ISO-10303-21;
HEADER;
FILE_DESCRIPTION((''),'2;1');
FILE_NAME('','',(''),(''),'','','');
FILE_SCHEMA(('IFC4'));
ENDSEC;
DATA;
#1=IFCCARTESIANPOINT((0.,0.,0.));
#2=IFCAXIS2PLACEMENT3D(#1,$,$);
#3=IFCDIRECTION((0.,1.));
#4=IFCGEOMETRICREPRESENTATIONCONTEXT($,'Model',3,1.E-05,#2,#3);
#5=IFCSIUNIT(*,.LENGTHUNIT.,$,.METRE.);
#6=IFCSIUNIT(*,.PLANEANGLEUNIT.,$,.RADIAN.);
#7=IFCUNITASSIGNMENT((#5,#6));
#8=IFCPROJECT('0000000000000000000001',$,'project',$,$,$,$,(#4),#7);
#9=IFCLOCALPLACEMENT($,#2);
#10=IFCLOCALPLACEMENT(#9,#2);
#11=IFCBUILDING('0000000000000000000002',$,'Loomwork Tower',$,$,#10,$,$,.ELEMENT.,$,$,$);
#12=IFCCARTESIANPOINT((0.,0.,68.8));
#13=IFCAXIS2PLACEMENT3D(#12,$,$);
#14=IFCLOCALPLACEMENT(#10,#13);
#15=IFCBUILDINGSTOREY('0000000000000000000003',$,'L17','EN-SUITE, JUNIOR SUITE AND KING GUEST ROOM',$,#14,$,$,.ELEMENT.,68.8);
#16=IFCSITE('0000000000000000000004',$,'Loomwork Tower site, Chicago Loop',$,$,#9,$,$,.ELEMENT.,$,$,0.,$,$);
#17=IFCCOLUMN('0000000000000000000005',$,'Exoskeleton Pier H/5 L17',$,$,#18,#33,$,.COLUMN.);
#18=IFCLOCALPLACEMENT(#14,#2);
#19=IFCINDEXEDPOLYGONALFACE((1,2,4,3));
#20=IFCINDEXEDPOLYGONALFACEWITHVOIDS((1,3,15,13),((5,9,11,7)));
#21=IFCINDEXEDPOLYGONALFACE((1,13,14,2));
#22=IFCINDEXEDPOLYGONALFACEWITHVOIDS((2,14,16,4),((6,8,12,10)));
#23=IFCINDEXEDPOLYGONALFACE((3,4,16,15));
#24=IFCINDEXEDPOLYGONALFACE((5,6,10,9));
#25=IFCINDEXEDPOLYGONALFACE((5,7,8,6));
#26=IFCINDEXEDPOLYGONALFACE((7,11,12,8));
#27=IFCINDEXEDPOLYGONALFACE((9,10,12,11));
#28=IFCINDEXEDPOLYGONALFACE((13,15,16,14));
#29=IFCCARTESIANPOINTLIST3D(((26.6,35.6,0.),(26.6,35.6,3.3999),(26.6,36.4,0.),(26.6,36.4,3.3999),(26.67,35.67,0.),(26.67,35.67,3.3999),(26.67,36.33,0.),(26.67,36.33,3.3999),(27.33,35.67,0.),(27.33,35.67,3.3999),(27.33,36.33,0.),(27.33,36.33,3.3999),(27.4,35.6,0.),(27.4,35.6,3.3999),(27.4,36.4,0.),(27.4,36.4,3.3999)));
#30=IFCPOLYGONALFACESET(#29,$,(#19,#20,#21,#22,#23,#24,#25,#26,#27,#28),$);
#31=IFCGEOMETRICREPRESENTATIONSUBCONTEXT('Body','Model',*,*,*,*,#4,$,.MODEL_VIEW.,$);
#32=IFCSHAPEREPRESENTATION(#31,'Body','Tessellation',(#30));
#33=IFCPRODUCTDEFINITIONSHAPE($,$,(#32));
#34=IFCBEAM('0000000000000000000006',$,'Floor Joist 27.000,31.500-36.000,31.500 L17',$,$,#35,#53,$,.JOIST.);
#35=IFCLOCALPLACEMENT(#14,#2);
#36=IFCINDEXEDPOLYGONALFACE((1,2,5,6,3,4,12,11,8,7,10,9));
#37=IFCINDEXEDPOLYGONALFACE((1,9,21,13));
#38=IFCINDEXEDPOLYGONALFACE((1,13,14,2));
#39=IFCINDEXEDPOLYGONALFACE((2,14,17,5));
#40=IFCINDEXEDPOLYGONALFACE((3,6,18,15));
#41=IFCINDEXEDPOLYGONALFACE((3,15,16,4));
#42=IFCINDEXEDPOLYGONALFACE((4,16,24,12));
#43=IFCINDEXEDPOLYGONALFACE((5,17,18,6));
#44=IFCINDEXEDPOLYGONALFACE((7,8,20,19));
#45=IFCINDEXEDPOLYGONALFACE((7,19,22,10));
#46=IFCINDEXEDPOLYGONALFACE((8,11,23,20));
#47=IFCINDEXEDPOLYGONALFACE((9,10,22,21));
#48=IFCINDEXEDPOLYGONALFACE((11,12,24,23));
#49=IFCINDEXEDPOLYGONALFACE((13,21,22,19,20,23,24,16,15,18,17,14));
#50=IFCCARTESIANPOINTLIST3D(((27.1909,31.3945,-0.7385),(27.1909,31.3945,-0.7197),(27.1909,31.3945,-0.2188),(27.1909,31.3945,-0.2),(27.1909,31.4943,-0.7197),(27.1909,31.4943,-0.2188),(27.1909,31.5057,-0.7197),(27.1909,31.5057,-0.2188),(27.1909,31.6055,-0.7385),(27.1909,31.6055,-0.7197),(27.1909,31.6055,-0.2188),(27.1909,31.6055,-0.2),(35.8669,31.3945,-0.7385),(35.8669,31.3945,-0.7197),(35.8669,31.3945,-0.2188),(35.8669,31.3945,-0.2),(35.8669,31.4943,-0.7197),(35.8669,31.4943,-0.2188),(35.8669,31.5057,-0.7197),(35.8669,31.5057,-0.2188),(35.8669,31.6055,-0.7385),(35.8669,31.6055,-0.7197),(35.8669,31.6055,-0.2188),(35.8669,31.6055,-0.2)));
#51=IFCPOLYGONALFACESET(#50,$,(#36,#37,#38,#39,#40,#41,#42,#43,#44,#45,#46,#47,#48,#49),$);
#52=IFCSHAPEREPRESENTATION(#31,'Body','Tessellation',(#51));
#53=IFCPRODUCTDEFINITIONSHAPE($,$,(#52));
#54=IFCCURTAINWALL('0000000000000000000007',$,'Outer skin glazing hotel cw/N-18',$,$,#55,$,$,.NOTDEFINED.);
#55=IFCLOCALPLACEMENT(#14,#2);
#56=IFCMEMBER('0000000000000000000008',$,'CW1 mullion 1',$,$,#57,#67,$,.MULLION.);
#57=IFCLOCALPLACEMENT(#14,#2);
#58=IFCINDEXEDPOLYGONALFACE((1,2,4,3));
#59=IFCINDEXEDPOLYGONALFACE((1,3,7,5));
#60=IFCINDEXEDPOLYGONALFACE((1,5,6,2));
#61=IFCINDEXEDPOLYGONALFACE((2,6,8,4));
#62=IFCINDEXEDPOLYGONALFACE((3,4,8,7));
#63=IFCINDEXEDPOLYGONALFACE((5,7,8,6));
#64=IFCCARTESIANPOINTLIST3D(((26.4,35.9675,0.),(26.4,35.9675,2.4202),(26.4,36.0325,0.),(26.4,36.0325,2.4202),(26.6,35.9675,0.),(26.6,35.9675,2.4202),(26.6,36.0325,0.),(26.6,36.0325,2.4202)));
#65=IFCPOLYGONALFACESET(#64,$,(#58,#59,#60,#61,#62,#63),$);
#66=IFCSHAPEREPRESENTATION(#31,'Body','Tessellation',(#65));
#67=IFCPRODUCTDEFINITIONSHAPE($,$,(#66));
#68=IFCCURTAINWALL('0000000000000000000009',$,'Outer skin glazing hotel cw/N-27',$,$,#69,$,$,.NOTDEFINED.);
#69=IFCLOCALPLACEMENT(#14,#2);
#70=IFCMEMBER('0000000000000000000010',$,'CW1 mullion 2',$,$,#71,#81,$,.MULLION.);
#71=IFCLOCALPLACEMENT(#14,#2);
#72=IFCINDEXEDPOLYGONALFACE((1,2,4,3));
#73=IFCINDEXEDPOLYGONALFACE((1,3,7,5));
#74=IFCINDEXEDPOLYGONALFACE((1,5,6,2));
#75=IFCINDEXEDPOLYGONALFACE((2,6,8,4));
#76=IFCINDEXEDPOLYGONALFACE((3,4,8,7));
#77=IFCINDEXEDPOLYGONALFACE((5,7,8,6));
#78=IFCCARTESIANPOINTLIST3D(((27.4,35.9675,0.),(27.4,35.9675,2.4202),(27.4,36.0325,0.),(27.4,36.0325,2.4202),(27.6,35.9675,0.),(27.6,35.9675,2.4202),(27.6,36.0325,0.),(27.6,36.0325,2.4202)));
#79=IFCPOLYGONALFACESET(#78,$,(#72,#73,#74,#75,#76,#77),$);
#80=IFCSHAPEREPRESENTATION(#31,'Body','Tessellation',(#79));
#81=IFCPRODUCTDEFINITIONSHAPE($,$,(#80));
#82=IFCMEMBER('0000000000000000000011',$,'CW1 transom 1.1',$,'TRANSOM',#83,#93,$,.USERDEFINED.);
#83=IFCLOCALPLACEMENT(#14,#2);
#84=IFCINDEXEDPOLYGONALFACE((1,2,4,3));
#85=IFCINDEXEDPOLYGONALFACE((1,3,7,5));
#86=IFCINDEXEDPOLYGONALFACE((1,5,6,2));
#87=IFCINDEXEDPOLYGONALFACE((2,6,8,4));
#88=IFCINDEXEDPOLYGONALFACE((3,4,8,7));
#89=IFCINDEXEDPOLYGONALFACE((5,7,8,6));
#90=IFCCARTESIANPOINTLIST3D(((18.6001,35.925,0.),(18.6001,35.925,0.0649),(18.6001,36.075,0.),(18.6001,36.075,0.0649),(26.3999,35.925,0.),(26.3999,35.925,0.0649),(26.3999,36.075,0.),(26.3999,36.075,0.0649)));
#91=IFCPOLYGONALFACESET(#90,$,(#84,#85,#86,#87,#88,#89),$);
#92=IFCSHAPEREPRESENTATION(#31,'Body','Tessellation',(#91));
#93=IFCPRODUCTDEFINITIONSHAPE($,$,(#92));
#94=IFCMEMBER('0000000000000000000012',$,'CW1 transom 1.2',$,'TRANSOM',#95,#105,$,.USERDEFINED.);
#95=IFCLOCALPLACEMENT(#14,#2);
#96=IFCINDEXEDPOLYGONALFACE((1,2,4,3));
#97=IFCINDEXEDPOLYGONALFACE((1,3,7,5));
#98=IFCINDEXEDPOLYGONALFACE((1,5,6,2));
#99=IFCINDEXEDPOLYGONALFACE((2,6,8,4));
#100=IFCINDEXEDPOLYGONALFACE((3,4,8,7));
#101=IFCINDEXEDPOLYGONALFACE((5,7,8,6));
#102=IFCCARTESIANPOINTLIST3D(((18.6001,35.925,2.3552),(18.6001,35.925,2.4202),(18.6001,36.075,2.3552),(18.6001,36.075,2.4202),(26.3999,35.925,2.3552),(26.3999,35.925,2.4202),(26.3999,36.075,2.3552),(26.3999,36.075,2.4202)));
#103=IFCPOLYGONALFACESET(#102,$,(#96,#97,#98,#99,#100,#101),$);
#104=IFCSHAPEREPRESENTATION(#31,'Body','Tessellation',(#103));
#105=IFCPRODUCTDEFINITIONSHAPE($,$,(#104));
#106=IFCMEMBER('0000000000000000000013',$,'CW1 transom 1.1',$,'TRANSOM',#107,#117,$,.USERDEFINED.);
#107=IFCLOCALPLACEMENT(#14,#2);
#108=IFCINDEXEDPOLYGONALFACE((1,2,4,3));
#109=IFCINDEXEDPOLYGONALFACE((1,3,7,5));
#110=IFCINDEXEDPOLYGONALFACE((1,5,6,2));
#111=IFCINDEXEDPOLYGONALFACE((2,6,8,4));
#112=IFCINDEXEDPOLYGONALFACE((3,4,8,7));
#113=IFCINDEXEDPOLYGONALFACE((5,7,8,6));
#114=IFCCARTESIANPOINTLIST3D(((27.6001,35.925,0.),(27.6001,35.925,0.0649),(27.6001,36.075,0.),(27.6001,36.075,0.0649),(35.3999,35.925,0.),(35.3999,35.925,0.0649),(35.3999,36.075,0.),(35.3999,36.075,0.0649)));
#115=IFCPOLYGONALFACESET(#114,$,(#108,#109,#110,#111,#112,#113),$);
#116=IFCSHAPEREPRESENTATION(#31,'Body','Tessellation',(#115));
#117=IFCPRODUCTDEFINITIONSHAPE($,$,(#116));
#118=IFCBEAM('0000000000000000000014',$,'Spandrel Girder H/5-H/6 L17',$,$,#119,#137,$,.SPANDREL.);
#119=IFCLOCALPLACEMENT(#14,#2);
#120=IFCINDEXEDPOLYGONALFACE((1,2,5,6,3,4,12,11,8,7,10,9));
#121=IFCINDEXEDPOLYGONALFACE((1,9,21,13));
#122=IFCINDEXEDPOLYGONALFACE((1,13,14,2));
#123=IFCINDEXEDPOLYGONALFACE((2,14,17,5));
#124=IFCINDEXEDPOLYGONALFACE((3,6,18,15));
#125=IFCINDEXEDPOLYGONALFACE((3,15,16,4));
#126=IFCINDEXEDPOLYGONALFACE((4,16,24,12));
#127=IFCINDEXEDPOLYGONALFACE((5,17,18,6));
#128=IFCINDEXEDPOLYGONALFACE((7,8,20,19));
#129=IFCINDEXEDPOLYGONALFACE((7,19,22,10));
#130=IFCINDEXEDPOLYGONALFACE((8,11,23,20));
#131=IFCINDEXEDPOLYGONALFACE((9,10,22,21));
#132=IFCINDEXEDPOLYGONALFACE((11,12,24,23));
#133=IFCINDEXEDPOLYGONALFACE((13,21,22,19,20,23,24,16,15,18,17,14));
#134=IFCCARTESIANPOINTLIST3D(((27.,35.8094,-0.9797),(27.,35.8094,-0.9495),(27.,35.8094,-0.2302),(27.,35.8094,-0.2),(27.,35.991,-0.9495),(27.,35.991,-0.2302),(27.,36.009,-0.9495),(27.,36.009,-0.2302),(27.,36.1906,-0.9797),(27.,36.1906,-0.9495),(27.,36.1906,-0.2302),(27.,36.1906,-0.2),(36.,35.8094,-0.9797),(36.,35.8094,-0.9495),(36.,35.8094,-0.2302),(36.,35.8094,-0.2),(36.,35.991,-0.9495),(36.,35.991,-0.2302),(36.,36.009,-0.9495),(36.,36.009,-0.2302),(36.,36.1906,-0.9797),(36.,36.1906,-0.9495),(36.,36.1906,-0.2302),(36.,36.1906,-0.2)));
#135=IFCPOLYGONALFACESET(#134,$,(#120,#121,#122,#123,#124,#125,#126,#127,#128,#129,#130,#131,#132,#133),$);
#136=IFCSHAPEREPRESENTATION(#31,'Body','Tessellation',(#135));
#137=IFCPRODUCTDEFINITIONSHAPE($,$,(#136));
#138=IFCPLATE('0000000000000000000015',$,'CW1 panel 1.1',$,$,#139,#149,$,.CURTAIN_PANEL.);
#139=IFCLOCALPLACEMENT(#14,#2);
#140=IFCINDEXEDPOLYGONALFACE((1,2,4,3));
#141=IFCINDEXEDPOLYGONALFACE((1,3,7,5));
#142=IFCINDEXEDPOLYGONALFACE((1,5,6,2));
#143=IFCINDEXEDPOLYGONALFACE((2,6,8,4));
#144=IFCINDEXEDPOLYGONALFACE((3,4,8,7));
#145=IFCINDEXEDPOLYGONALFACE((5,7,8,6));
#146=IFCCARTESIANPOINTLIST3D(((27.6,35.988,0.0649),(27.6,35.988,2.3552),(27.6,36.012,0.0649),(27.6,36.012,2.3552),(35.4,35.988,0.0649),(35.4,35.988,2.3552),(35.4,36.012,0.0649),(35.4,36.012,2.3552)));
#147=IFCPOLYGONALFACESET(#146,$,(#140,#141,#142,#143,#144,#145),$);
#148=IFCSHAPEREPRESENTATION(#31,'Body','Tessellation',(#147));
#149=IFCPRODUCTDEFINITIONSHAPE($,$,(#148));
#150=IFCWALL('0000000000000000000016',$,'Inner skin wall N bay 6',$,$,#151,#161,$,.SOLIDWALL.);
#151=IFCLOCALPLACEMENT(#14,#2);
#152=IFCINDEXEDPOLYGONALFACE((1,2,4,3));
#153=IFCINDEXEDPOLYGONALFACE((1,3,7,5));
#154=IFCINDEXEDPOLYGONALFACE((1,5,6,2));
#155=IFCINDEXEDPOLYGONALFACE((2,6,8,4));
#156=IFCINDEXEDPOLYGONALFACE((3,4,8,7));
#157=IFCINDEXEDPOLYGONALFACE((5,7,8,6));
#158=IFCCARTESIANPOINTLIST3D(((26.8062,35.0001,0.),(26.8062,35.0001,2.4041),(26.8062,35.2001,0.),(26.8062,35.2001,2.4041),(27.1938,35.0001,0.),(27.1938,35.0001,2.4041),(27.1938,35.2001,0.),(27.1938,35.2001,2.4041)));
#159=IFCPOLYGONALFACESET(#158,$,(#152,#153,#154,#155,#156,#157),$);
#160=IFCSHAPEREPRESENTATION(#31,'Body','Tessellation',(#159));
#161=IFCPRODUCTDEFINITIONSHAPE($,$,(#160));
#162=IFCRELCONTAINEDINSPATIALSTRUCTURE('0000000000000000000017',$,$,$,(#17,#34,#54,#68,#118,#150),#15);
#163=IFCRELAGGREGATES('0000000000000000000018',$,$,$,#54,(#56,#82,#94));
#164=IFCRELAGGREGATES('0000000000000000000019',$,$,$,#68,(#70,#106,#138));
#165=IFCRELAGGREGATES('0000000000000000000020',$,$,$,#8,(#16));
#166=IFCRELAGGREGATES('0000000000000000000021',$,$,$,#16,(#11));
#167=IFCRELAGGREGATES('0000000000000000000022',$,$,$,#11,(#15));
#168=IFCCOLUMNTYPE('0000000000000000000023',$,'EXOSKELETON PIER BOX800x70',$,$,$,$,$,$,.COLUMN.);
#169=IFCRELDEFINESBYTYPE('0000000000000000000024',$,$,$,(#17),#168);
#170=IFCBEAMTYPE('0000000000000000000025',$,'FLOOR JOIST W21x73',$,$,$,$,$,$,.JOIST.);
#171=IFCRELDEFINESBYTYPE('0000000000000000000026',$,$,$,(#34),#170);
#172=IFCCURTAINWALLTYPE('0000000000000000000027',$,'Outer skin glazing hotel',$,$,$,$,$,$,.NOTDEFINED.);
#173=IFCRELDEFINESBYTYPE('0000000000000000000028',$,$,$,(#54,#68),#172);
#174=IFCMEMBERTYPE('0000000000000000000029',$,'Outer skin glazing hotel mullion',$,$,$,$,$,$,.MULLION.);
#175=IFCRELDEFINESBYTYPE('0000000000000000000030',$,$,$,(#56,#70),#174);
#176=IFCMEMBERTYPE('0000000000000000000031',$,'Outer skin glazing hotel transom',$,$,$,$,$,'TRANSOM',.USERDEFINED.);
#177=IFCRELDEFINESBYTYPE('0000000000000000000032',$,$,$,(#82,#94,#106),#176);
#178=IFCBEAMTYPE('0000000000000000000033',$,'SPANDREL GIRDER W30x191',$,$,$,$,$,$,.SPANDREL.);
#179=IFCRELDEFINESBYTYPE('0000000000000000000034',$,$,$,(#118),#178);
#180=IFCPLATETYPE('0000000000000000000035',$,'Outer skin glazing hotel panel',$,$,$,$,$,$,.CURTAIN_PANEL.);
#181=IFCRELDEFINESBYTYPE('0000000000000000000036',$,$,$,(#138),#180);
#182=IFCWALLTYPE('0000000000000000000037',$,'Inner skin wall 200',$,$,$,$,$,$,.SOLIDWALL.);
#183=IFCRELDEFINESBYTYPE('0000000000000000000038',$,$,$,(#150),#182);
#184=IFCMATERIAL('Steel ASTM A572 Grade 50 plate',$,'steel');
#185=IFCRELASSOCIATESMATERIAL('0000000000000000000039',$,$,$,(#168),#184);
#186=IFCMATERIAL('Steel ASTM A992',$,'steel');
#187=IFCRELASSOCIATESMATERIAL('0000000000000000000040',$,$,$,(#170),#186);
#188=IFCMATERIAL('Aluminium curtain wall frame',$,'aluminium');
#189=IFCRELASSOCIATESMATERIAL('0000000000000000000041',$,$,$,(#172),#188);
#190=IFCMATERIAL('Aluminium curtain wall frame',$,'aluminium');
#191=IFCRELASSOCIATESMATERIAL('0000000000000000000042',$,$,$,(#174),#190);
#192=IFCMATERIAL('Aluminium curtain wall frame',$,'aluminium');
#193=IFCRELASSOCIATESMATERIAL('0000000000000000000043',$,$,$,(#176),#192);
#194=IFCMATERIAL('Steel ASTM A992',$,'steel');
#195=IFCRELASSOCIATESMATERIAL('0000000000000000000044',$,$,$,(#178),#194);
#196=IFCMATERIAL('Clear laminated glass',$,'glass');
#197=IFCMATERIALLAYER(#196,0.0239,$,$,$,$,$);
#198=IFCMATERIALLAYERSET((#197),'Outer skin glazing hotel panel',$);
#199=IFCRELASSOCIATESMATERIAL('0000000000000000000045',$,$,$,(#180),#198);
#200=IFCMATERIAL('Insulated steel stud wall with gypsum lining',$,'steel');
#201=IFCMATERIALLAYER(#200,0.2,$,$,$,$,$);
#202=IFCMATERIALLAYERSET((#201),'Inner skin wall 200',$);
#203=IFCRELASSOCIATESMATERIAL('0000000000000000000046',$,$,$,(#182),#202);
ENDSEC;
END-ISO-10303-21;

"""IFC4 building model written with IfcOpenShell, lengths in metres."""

from ifc_helpers import new_model, si_unit, direction, frame, frame_2d, origin, origin_2d, place, context, subcontext, project, spatial, rectangle, hollow_rectangle, i_section, extrude, material, layer, layer_set, material_profile, profile_set, type_object, element, aggregate, save


model = new_model("IFC4")

# Units and contexts
model_context = context("Model", 3, precision=1e-05, world=origin(), true_north=direction((0.0, 1.0)))
body_context = subcontext(model_context, "Body", "Model", "MODEL_VIEW")
ifc_project = project(units=[si_unit("LENGTHUNIT", "METRE"), si_unit("PLANEANGLEUNIT", "RADIAN")], contexts=[model_context])

# Site, building, storey
site_placement = place(None, origin())
site = spatial("IfcSite", under=ifc_project, at=site_placement, Name="Loomwork Tower site, Chicago Loop", CompositionType="ELEMENT", RefElevation=0.0)
building_placement = place(site_placement, origin())
building = spatial("IfcBuilding", under=site, at=building_placement, Name="Loomwork Tower", CompositionType="ELEMENT")
storey_placement = place(building_placement, frame((0.0, 0.0, 68.8)))
storey = spatial("IfcBuildingStorey", under=building, at=storey_placement, Name="L17", Description="EN-SUITE, JUNIOR SUITE AND KING GUEST ROOM", CompositionType="ELEMENT", Elevation=68.8)

# Column
ifc_material_1 = material(Name="Steel ASTM A572 Grade 50 plate", Category="steel")
ifc_material_profile_1 = material_profile(ifc_material_1, hollow_rectangle(XDim=0.8, YDim=0.8, WallThickness=0.0701, at=origin_2d()), Name="BOX800x70")
ifc_profile_set_1 = profile_set([ifc_material_profile_1], Name="Steel ASTM A572 Grade 50 plate")
column_type = type_object("IfcColumnType", Name="EXOSKELETON PIER BOX800x70", PredefinedType="COLUMN", material=ifc_profile_set_1)
column_placement = place(storey_placement, frame((27.0, 36.0, 0.0), z_axis=(0.0, 0.0, 1.0), x_axis=(1.0, 0.0, 0.0)))
element("IfcColumn", 1, at=column_placement, inside=storey, type_object=column_type, Name="Exoskeleton Pier H/5 L17", PredefinedType="COLUMN", context=body_context, shape_type="SweptSolid", body=[
    extrude(hollow_rectangle(XDim=0.8, YDim=0.8, WallThickness=0.0701, at=origin_2d()), origin(), (0.0, 0.0, 1.0), 3.3999),
])

# Beam
ifc_material_2 = material(Name="Steel ASTM A992", Category="steel")
ifc_material_profile_2 = material_profile(ifc_material_2, i_section(OverallWidth=0.2109, OverallDepth=0.5386, WebThickness=0.0115, FlangeThickness=0.0188, at=origin_2d()), Name="W21x73")
ifc_profile_set_2 = profile_set([ifc_material_profile_2], Name="Steel ASTM A992")
beam_type_1 = type_object("IfcBeamType", Name="FLOOR JOIST W21x73", PredefinedType="JOIST", material=ifc_profile_set_2)
beam_1_placement = place(storey_placement, frame((27.1909, 31.5, -0.4692), z_axis=(1.0, 0.0, 0.0), x_axis=(0.0, 1.0, 0.0)))
element("IfcBeam", 2, at=beam_1_placement, inside=storey, type_object=beam_type_1, Name="Floor Joist 27.000,31.500-36.000,31.500 L17", PredefinedType="JOIST", context=body_context, shape_type="SweptSolid", body=[
    extrude(i_section(OverallWidth=0.2109, OverallDepth=0.5386, WebThickness=0.0115, FlangeThickness=0.0188, at=origin_2d()), origin(), (0.0, 0.0, 1.0), 8.676),
])

# Curtain walls, members
ifc_material_3 = material(Name="Aluminium curtain wall frame", Category="aluminium")
curtain_wall_type = type_object("IfcCurtainWallType", Name="Outer skin glazing hotel", PredefinedType="NOTDEFINED", material=ifc_material_3)
curtain_wall_1_placement = place(storey_placement, origin())
curtain_wall_1 = element("IfcCurtainWall", 3, at=curtain_wall_1_placement, inside=storey, type_object=curtain_wall_type, Name="Outer skin glazing hotel cw/N-18", PredefinedType="NOTDEFINED")
ifc_material_4 = material(Name="Aluminium curtain wall frame", Category="aluminium")
ifc_material_profile_3 = material_profile(ifc_material_4, rectangle(XDim=0.0649, YDim=0.2, at=origin_2d()), Name="AL 65x200")
ifc_profile_set_3 = profile_set([ifc_material_profile_3], Name="Aluminium curtain wall frame")
member_type_1 = type_object("IfcMemberType", Name="Outer skin glazing hotel mullion", PredefinedType="MULLION", material=ifc_profile_set_3)
member_1_placement = place(storey_placement, frame((26.5, 36.0, 0.0), z_axis=(0.0, 0.0, 1.0), x_axis=(0.0, -1.0, 0.0)))
member_1 = element("IfcMember", 4, at=member_1_placement, type_object=member_type_1, Name="CW1 mullion 1", PredefinedType="MULLION", context=body_context, shape_type="SweptSolid", body=[
    extrude(rectangle(XDim=0.0649, YDim=0.2, at=origin_2d()), origin(), (0.0, 0.0, 1.0), 2.4202),
])
curtain_wall_2_placement = place(storey_placement, origin())
curtain_wall_2 = element("IfcCurtainWall", 5, at=curtain_wall_2_placement, inside=storey, type_object=curtain_wall_type, Name="Outer skin glazing hotel cw/N-27", PredefinedType="NOTDEFINED")
member_2_placement = place(storey_placement, frame((27.5, 36.0, 0.0), z_axis=(0.0, 0.0, 1.0), x_axis=(0.0, -1.0, 0.0)))
member_2 = element("IfcMember", 6, at=member_2_placement, type_object=member_type_1, Name="CW1 mullion 2", PredefinedType="MULLION", context=body_context, shape_type="SweptSolid", body=[
    extrude(rectangle(XDim=0.0649, YDim=0.2, at=origin_2d()), origin(), (0.0, 0.0, 1.0), 2.4202),
])

# Members
ifc_material_5 = material(Name="Aluminium curtain wall frame", Category="aluminium")
ifc_material_profile_4 = material_profile(ifc_material_5, rectangle(XDim=0.1499, YDim=0.0649, at=origin_2d()), Name="AL 65x150")
ifc_profile_set_4 = profile_set([ifc_material_profile_4], Name="Aluminium curtain wall frame")
member_type_2 = type_object("IfcMemberType", Name="Outer skin glazing hotel transom", ElementType="TRANSOM", PredefinedType="USERDEFINED", material=ifc_profile_set_4)
member_3_placement = place(storey_placement, frame((26.3999, 36.0, 0.0325), z_axis=(-1.0, 0.0, 0.0), x_axis=(0.0, -1.0, 0.0)))
member_3 = element("IfcMember", 7, at=member_3_placement, type_object=member_type_2, Name="CW1 transom 1.1", ObjectType="TRANSOM", PredefinedType="USERDEFINED", context=body_context, shape_type="SweptSolid", body=[
    extrude(rectangle(XDim=0.1499, YDim=0.0649, at=origin_2d()), origin(), (0.0, 0.0, 1.0), 7.7998),
])
member_4_placement = place(storey_placement, frame((26.3999, 36.0, 2.3877), z_axis=(-1.0, 0.0, 0.0), x_axis=(0.0, -1.0, 0.0)))
member_4 = element("IfcMember", 8, at=member_4_placement, type_object=member_type_2, Name="CW1 transom 1.2", ObjectType="TRANSOM", PredefinedType="USERDEFINED", context=body_context, shape_type="SweptSolid", body=[
    extrude(rectangle(XDim=0.1499, YDim=0.0649, at=origin_2d()), origin(), (0.0, 0.0, 1.0), 7.7998),
])
aggregate(curtain_wall_1, [member_1, member_3, member_4])
member_5_placement = place(storey_placement, frame((35.3999, 36.0, 0.0325), z_axis=(-1.0, 0.0, 0.0), x_axis=(0.0, -1.0, 0.0)))
member_5 = element("IfcMember", 9, at=member_5_placement, type_object=member_type_2, Name="CW1 transom 1.1", ObjectType="TRANSOM", PredefinedType="USERDEFINED", context=body_context, shape_type="SweptSolid", body=[
    extrude(rectangle(XDim=0.1499, YDim=0.0649, at=origin_2d()), origin(), (0.0, 0.0, 1.0), 7.7998),
])

# Beam
ifc_material_6 = material(Name="Steel ASTM A992", Category="steel")
ifc_material_profile_5 = material_profile(ifc_material_6, i_section(OverallWidth=0.3811, OverallDepth=0.7798, WebThickness=0.0181, FlangeThickness=0.0303, at=origin_2d()), Name="W30x191")
ifc_profile_set_5 = profile_set([ifc_material_profile_5], Name="Steel ASTM A992")
beam_type_2 = type_object("IfcBeamType", Name="SPANDREL GIRDER W30x191", PredefinedType="SPANDREL", material=ifc_profile_set_5)
beam_2_placement = place(storey_placement, frame((27.0, 36.0, -0.5898), z_axis=(1.0, 0.0, 0.0), x_axis=(0.0, 1.0, 0.0)))
element("IfcBeam", 10, at=beam_2_placement, inside=storey, type_object=beam_type_2, Name="Spandrel Girder H/5-H/6 L17", PredefinedType="SPANDREL", context=body_context, shape_type="SweptSolid", body=[
    extrude(i_section(OverallWidth=0.3811, OverallDepth=0.7798, WebThickness=0.0181, FlangeThickness=0.0303, at=origin_2d()), origin(), (0.0, 0.0, 1.0), 9.0),
])

# Plate
ifc_material_7 = material(Name="Clear laminated glass", Category="glass")
ifc_layer_1 = layer(ifc_material_7, 0.0239)
ifc_layer_set_1 = layer_set([ifc_layer_1], Name="Outer skin glazing hotel panel")
plate_type = type_object("IfcPlateType", Name="Outer skin glazing hotel panel", PredefinedType="CURTAIN_PANEL", material=ifc_layer_set_1)
plate_placement = place(storey_placement, frame((31.5, 36.0, 0.0649), z_axis=(0.0, 0.0, 1.0), x_axis=(-1.0, 0.0, 0.0)))
plate = element("IfcPlate", 11, at=plate_placement, type_object=plate_type, Name="CW1 panel 1.1", PredefinedType="CURTAIN_PANEL", context=body_context, shape_type="SweptSolid", body=[
    extrude(rectangle(XDim=7.8, YDim=0.0239, at=origin_2d()), origin(), (0.0, 0.0, 1.0), 2.2903),
])
aggregate(curtain_wall_2, [member_2, member_5, plate])

# Wall
ifc_material_8 = material(Name="Insulated steel stud wall with gypsum lining", Category="steel")
ifc_layer_2 = layer(ifc_material_8, 0.2)
ifc_layer_set_2 = layer_set([ifc_layer_2], Name="Inner skin wall 200")
wall_type = type_object("IfcWallType", Name="Inner skin wall 200", PredefinedType="SOLIDWALL", material=ifc_layer_set_2)
wall_1_placement = place(storey_placement, frame((26.8062, 35.1001, 0.0), z_axis=(0.0, 0.0, 1.0), x_axis=(1.0, 0.0, 0.0)))
element("IfcWall", 12, at=wall_1_placement, inside=storey, type_object=wall_type, Name="Inner skin wall N bay 6", PredefinedType="SOLIDWALL", context=body_context, shape_type="SweptSolid", body=[
    extrude(rectangle(XDim=0.3877, YDim=0.2, at=frame_2d((0.1938, 0.0))), origin(), (0.0, 0.0, 1.0), 2.4041),
])

save(model, "model.ifc")
